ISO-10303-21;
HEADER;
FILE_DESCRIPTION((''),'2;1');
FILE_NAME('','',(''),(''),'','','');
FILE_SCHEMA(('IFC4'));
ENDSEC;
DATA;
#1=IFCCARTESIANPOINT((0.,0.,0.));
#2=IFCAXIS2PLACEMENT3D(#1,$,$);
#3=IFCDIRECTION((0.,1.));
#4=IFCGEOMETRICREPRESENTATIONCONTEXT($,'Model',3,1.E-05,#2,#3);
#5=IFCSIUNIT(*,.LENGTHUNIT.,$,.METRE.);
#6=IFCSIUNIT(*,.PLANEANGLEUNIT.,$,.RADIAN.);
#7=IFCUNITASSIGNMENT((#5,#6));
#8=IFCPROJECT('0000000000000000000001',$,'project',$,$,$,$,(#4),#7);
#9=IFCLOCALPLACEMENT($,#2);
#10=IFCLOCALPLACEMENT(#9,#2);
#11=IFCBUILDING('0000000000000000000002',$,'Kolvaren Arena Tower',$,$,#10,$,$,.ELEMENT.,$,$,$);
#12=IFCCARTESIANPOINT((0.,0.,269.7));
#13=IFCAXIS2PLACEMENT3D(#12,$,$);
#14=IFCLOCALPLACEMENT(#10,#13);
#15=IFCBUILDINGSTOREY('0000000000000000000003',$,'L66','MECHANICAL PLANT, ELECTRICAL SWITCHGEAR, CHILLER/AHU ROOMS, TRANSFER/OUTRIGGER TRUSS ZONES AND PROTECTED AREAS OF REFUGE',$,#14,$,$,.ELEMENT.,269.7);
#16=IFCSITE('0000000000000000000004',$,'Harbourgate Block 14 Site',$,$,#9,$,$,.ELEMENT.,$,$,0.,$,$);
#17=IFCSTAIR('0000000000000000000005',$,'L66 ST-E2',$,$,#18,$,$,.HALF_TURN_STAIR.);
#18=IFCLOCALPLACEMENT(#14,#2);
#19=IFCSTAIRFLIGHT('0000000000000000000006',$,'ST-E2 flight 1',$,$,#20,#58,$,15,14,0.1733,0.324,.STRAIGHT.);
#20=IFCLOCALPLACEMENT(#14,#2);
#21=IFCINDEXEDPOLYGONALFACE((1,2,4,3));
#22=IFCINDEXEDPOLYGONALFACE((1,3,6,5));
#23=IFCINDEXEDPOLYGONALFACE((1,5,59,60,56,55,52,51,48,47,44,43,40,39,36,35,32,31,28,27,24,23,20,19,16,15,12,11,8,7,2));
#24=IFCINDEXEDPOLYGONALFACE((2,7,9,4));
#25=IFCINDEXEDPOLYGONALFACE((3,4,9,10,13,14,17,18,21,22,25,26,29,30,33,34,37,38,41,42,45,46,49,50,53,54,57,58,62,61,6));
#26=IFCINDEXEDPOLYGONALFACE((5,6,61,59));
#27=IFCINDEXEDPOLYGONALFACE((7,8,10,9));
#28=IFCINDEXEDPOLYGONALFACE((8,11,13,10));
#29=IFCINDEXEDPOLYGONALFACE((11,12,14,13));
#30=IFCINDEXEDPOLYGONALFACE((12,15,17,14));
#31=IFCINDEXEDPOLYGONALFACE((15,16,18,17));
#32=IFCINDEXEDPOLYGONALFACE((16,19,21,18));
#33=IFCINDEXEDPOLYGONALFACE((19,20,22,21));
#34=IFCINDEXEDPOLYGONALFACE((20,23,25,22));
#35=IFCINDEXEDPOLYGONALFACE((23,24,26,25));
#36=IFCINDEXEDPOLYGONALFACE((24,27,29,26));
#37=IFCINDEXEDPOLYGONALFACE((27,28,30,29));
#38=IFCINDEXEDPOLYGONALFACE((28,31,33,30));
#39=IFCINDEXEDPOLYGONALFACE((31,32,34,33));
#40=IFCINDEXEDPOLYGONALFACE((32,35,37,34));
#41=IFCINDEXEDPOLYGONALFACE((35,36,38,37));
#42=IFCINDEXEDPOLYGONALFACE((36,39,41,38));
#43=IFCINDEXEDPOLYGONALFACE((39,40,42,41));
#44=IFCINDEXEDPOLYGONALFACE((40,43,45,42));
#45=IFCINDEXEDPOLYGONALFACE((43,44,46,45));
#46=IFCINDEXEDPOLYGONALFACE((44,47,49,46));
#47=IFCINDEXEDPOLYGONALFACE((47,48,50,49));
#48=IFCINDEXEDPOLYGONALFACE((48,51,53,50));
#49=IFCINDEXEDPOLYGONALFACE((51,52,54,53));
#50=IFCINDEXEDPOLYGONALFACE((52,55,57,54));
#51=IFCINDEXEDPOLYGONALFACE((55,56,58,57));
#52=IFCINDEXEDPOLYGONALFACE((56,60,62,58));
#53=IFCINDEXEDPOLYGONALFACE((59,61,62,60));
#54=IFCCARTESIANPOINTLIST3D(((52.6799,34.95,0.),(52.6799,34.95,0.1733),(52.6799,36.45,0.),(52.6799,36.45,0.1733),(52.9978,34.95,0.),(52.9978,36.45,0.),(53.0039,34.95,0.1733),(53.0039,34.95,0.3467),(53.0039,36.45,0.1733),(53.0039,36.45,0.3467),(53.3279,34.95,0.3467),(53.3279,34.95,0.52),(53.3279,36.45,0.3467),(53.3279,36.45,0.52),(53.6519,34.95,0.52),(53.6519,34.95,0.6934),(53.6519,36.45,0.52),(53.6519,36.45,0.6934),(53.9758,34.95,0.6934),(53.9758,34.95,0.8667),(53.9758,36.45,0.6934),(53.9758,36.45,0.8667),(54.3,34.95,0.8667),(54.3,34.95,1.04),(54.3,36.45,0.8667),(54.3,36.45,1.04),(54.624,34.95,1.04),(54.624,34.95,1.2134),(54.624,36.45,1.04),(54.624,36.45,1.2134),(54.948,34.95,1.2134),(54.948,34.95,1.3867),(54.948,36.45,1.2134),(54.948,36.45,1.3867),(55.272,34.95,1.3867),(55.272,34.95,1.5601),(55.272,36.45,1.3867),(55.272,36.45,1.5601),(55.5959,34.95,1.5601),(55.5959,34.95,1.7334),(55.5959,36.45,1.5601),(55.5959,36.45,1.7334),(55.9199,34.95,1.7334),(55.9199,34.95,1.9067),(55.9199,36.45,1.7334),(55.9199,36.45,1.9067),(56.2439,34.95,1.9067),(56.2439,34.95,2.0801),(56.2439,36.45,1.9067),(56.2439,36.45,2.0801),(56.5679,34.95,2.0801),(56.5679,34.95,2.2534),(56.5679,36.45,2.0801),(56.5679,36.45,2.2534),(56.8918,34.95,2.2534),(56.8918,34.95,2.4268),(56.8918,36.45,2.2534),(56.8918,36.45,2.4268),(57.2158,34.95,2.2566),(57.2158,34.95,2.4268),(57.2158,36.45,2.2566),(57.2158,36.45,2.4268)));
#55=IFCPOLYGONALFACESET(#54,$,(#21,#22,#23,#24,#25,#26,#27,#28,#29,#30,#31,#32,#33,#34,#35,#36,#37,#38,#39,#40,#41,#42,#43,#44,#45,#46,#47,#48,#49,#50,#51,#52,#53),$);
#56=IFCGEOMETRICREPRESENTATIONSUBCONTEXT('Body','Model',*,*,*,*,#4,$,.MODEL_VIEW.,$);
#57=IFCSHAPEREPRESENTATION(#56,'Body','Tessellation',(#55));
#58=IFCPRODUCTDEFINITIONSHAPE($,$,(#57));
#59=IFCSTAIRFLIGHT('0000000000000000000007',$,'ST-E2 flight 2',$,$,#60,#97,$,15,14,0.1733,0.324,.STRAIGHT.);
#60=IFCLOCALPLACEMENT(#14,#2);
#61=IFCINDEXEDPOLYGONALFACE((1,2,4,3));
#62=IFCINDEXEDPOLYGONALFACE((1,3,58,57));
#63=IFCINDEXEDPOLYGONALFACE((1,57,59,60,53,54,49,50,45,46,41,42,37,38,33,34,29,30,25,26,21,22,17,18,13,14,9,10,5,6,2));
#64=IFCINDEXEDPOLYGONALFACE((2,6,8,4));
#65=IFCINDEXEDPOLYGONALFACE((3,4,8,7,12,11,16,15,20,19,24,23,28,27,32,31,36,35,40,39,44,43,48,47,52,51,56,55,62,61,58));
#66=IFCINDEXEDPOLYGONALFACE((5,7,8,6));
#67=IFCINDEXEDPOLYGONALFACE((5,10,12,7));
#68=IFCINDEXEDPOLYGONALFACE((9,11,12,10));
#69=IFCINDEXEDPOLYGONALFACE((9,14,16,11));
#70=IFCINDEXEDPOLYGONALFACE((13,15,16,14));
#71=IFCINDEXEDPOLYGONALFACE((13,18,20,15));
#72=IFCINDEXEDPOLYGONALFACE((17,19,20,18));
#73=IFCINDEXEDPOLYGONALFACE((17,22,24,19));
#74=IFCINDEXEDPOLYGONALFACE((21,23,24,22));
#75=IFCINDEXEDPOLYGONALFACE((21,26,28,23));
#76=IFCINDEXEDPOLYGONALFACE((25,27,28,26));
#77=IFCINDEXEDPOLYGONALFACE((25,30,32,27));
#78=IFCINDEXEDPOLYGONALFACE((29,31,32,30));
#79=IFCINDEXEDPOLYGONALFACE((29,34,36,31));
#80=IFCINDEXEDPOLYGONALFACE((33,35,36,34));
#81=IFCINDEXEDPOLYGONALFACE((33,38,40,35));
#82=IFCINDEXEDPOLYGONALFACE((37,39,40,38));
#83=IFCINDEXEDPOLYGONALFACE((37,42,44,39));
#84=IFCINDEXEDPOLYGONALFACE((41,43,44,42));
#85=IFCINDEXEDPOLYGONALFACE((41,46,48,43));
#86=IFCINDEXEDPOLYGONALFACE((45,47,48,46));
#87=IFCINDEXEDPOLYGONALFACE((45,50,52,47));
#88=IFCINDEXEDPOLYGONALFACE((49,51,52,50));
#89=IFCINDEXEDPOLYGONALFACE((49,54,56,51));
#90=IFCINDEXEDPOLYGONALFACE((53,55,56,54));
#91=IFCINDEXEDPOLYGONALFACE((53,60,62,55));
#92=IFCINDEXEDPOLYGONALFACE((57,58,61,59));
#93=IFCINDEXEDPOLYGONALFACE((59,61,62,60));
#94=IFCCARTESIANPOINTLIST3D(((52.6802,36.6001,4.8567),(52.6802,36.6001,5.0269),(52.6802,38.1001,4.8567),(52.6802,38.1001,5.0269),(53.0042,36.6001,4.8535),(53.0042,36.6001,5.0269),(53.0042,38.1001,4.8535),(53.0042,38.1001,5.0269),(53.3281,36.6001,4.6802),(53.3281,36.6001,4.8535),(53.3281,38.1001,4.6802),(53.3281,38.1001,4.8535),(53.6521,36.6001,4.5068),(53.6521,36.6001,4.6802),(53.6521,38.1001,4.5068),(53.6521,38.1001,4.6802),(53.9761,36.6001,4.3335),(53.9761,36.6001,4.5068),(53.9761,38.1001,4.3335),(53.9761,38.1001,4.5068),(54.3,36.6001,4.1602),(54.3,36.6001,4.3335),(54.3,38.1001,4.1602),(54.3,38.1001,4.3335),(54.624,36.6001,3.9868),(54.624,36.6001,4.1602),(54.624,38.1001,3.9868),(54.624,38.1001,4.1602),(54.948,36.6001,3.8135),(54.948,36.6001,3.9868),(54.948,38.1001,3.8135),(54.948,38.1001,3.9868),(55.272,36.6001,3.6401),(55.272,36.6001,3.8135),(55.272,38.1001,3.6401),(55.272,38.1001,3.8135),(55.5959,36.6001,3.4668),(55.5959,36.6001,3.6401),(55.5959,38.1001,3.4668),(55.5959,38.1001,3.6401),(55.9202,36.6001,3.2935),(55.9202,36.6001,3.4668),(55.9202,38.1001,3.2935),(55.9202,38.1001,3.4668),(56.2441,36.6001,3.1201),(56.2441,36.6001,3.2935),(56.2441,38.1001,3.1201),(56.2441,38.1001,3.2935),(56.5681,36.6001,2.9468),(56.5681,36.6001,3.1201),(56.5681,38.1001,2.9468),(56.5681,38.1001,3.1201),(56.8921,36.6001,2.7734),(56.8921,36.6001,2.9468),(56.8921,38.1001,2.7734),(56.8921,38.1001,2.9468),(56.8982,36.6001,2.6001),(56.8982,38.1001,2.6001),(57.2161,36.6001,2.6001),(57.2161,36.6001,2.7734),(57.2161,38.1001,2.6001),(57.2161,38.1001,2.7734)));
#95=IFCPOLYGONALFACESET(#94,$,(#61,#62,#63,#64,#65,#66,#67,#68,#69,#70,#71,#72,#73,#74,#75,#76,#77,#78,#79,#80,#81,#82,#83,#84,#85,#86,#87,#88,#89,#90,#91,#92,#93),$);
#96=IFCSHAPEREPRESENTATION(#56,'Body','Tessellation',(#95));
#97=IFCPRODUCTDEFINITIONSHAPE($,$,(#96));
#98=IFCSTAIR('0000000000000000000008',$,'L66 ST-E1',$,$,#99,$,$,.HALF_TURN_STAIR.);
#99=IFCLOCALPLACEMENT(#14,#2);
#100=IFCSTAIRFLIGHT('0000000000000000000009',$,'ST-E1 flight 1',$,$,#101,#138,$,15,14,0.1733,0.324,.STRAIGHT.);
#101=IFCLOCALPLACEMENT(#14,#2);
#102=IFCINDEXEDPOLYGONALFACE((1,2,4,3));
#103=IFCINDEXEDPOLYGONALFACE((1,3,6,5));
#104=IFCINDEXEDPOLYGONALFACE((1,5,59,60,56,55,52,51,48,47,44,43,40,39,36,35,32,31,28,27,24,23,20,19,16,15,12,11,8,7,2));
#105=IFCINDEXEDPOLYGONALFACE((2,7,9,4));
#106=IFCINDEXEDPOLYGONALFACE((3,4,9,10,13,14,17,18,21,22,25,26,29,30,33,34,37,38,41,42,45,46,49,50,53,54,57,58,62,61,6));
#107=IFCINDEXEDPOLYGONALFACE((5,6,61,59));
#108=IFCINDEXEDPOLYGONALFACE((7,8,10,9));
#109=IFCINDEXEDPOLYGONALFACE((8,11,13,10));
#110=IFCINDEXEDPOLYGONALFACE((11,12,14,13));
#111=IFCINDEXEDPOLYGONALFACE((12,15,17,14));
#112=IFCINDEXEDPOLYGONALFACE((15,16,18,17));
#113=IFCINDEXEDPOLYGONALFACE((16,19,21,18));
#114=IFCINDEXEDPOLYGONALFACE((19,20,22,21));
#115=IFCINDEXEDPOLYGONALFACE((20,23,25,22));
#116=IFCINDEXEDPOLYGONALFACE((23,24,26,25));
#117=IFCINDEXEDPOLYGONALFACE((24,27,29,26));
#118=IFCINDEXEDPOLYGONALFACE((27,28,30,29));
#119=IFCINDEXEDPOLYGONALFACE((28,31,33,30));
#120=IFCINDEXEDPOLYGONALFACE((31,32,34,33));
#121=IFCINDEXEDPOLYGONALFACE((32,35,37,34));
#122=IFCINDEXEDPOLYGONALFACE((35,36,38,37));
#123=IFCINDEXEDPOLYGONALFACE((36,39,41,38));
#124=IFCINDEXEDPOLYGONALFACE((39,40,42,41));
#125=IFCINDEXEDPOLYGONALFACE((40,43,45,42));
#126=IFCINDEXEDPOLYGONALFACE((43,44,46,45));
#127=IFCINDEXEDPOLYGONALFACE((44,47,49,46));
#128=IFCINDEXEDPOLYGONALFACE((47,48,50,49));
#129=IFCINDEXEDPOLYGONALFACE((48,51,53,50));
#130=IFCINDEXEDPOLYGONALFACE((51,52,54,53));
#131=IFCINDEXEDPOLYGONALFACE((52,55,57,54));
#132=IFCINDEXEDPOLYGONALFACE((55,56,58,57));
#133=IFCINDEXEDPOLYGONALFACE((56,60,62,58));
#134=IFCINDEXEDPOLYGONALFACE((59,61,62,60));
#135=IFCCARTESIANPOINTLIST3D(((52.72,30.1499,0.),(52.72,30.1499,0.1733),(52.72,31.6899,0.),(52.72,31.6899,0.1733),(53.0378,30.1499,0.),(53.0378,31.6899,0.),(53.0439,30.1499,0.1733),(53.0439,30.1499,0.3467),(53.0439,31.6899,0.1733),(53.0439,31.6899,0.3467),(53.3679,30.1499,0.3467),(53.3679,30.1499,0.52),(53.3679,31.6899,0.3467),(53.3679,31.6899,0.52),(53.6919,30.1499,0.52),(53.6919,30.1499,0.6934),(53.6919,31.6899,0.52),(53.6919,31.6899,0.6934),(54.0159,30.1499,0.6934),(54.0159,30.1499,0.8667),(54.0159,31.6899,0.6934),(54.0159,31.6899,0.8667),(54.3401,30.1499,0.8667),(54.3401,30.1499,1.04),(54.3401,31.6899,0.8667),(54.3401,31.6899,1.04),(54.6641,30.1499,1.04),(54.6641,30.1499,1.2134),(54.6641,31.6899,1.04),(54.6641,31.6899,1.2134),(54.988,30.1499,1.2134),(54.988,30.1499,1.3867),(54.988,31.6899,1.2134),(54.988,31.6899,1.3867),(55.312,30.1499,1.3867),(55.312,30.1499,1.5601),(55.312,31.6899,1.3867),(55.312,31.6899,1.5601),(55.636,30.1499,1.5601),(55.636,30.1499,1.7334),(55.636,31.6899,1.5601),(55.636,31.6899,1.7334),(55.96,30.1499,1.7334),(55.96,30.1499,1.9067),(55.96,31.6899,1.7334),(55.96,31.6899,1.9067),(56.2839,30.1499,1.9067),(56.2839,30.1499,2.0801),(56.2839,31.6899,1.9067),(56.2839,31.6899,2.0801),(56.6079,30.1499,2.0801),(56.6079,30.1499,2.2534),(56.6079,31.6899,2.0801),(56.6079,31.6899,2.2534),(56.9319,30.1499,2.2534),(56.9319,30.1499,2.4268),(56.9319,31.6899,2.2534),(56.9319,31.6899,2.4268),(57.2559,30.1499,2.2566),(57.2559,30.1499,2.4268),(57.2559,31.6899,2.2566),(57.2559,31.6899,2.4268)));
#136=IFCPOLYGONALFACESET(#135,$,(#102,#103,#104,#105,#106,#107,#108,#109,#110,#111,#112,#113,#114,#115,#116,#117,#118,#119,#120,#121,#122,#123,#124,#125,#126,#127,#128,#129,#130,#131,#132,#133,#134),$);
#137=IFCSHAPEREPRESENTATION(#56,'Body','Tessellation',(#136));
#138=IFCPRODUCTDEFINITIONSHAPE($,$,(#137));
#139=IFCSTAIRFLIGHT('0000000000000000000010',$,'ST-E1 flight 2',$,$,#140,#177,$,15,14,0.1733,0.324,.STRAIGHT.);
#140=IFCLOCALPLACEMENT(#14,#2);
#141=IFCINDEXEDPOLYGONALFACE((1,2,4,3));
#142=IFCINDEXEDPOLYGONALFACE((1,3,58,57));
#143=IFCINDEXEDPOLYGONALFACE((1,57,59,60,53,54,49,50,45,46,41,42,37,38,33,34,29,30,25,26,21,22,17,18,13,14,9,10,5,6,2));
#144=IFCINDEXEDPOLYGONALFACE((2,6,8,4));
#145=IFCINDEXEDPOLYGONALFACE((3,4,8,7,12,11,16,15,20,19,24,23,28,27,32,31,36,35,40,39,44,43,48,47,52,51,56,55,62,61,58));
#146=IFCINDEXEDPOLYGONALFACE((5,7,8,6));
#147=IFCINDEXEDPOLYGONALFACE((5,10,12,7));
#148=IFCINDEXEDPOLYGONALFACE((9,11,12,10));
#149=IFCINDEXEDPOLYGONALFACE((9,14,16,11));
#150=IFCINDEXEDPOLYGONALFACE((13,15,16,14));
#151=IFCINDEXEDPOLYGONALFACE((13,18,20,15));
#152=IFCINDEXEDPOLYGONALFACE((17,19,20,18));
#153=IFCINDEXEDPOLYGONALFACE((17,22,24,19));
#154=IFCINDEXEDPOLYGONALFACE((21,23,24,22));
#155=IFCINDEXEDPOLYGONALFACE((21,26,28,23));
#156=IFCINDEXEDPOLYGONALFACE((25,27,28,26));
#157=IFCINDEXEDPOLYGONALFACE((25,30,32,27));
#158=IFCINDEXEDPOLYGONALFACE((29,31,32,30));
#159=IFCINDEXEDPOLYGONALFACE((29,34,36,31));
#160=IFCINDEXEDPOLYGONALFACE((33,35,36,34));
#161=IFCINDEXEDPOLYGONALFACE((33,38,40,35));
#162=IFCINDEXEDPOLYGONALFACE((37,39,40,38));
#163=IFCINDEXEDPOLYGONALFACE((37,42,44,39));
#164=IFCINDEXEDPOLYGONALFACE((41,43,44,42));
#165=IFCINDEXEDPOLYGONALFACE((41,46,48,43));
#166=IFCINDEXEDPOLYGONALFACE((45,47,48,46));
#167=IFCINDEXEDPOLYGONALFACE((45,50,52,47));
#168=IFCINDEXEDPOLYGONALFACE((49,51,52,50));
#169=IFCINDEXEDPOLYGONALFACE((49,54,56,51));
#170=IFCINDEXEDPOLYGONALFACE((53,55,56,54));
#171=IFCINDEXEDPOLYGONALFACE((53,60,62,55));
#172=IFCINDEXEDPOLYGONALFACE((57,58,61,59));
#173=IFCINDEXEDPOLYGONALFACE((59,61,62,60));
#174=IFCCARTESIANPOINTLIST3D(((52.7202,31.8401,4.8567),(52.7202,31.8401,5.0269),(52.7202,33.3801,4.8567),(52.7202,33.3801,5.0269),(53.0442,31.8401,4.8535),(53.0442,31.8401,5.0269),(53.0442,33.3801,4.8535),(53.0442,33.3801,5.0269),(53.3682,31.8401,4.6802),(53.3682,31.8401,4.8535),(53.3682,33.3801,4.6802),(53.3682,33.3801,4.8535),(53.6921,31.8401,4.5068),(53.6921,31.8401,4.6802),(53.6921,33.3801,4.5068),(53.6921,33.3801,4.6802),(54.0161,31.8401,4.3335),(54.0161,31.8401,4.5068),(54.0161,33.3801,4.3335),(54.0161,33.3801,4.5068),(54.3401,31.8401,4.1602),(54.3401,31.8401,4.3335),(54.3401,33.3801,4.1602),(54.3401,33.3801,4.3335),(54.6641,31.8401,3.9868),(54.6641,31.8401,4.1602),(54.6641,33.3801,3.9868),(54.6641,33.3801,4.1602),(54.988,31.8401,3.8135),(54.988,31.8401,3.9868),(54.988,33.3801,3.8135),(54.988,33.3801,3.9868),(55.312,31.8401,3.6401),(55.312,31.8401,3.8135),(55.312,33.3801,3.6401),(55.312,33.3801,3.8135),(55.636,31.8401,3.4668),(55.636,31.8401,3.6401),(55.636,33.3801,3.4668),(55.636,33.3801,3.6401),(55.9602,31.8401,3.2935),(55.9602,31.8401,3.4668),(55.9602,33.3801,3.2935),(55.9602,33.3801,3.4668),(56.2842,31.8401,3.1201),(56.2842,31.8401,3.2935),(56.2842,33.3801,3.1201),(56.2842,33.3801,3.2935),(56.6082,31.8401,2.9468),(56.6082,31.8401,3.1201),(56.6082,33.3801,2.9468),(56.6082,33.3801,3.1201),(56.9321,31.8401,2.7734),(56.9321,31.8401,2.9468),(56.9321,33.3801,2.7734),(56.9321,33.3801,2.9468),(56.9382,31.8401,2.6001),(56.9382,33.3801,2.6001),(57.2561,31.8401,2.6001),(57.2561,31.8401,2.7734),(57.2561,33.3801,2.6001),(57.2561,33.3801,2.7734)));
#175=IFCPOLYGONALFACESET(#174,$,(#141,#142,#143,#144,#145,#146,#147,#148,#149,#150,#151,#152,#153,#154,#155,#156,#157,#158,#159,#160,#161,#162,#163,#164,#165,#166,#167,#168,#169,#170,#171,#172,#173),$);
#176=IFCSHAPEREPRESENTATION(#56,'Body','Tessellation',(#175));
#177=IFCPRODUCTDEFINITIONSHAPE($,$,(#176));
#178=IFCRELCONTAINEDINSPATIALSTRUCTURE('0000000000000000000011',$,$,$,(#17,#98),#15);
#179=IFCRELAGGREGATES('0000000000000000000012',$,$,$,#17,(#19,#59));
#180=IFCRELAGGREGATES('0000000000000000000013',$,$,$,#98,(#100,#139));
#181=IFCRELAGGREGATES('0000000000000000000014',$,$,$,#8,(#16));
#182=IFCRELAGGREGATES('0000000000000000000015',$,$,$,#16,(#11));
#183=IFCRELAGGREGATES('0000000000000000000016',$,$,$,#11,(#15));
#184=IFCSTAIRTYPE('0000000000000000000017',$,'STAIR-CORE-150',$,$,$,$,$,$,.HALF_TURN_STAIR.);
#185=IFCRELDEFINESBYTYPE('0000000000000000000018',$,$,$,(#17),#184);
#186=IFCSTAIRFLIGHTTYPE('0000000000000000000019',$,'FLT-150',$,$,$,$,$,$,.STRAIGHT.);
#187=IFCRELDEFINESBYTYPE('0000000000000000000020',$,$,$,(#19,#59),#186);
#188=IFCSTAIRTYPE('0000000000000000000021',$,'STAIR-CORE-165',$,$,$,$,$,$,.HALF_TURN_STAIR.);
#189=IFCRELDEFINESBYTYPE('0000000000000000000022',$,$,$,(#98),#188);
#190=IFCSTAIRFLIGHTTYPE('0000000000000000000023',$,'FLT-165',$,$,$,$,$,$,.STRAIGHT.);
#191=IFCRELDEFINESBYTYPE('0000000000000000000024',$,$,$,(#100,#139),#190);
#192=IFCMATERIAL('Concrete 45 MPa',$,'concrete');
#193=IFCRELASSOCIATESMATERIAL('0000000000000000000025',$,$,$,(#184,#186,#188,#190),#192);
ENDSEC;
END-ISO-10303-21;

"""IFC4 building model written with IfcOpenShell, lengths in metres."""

from ifc_helpers import new_model, si_unit, direction, frame, origin, place, context, subcontext, project, spatial, polyline, outline, extrude, material, type_object, element, aggregate, save


model = new_model("IFC4")

# Units and contexts
model_context = context("Model", 3, precision=1e-05, world=origin(), true_north=direction((0.0, 1.0)))
body_context = subcontext(model_context, "Body", "Model", "MODEL_VIEW")
ifc_project = project(units=[si_unit("LENGTHUNIT", "METRE"), si_unit("PLANEANGLEUNIT", "RADIAN")], contexts=[model_context])

# Site, building, storey
site_placement = place(None, origin())
site = spatial("IfcSite", under=ifc_project, at=site_placement, Name="Harbourgate Block 14 Site", CompositionType="ELEMENT", RefElevation=0.0)
building_placement = place(site_placement, origin())
building = spatial("IfcBuilding", under=site, at=building_placement, Name="Kolvaren Arena Tower", CompositionType="ELEMENT")
storey_placement = place(building_placement, frame((0.0, 0.0, 269.7)))
storey = spatial("IfcBuildingStorey", under=building, at=storey_placement, Name="L66", Description="MECHANICAL PLANT, ELECTRICAL SWITCHGEAR, CHILLER/AHU ROOMS, TRANSFER/OUTRIGGER TRUSS ZONES AND PROTECTED AREAS OF REFUGE", CompositionType="ELEMENT", Elevation=269.7)

# Shared definitions
ifc_material_1 = material(Name="Concrete 45 MPa", Category="concrete")

# Stairs, stair flights
stair_type_1 = type_object("IfcStairType", Name="STAIR-CORE-150", PredefinedType="HALF_TURN_STAIR", material=ifc_material_1)
stair_1_placement = place(storey_placement, origin())
stair_1 = element("IfcStair", 1, at=stair_1_placement, inside=storey, type_object=stair_type_1, Name="L66 ST-E2", PredefinedType="HALF_TURN_STAIR")
stair_flight_type_1 = type_object("IfcStairFlightType", Name="FLT-150", PredefinedType="STRAIGHT", material=ifc_material_1)
stair_flight_1_placement = place(storey_placement, frame((52.6799, 35.7, 0.0), z_axis=(0.0, 0.0, 1.0), x_axis=(1.0, 0.0, 0.0)))
stair_flight_1 = element("IfcStairFlight", 2, at=stair_flight_1_placement, type_object=stair_flight_type_1, Name="ST-E2 flight 1", NumberOfRisers=15, NumberOfTreads=14, PredefinedType="STRAIGHT", RiserHeight=0.1733, TreadLength=0.324, context=body_context, shape_type="SweptSolid", body=[
    extrude(outline(polyline([(0.0, 0.0), (0.0, 0.1733), (0.324, 0.1733), (0.324, 0.3467), (0.6479, 0.3467), (0.6479, 0.52), (0.9719, 0.52), (0.9719, 0.6934), (1.2959, 0.6934), (1.2959, 0.8667), (1.6201, 0.8667), (1.6201, 1.04), (1.9441, 1.04), (1.9441, 1.2134), (2.2681, 1.2134), (2.2681, 1.3867), (2.592, 1.3867), (2.592, 1.5601), (2.916, 1.5601), (2.916, 1.7334), (3.24, 1.7334), (3.24, 1.9067), (3.564, 1.9067), (3.564, 2.0801), (3.8879, 2.0801), (3.8879, 2.2534), (4.2119, 2.2534), (4.2119, 2.4268), (4.5359, 2.4268), (4.5359, 2.6001), (4.5359, 2.2566), (0.3179, 0.0), (0.0, 0.0)])), frame((0.0, 0.75, 0.0), z_axis=(0.0, -1.0, 0.0), x_axis=(1.0, 0.0, 0.0)), (0.0, 0.0, 1.0), 1.5),
])
stair_flight_2_placement = place(storey_placement, frame((57.2161, 37.3501, 2.6001), z_axis=(0.0, 0.0, 1.0), x_axis=(-1.0, 0.0, 0.0)))
stair_flight_2 = element("IfcStairFlight", 3, at=stair_flight_2_placement, type_object=stair_flight_type_1, Name="ST-E2 flight 2", NumberOfRisers=15, NumberOfTreads=14, PredefinedType="STRAIGHT", RiserHeight=0.1733, TreadLength=0.324, context=body_context, shape_type="SweptSolid", body=[
    extrude(outline(polyline([(0.0, 0.0), (0.0, 0.1733), (0.324, 0.1733), (0.324, 0.3467), (0.6479, 0.3467), (0.6479, 0.52), (0.9719, 0.52), (0.9719, 0.6934), (1.2959, 0.6934), (1.2959, 0.8667), (1.6201, 0.8667), (1.6201, 1.04), (1.9441, 1.04), (1.9441, 1.2134), (2.2681, 1.2134), (2.2681, 1.3867), (2.592, 1.3867), (2.592, 1.5601), (2.916, 1.5601), (2.916, 1.7334), (3.24, 1.7334), (3.24, 1.9067), (3.564, 1.9067), (3.564, 2.0801), (3.8879, 2.0801), (3.8879, 2.2534), (4.2119, 2.2534), (4.2119, 2.4268), (4.5359, 2.4268), (4.5359, 2.6001), (4.5359, 2.2566), (0.3179, 0.0), (0.0, 0.0)])), frame((0.0, 0.75, 0.0), z_axis=(0.0, -1.0, 0.0), x_axis=(1.0, 0.0, 0.0)), (0.0, 0.0, 1.0), 1.5),
])
aggregate(stair_1, [stair_flight_1, stair_flight_2])
stair_type_2 = type_object("IfcStairType", Name="STAIR-CORE-165", PredefinedType="HALF_TURN_STAIR", material=ifc_material_1)
stair_2_placement = place(storey_placement, origin())
stair_2 = element("IfcStair", 4, at=stair_2_placement, inside=storey, type_object=stair_type_2, Name="L66 ST-E1", PredefinedType="HALF_TURN_STAIR")
stair_flight_type_2 = type_object("IfcStairFlightType", Name="FLT-165", PredefinedType="STRAIGHT", material=ifc_material_1)
stair_flight_3_placement = place(storey_placement, frame((52.72, 30.9199, 0.0), z_axis=(0.0, 0.0, 1.0), x_axis=(1.0, 0.0, 0.0)))
stair_flight_3 = element("IfcStairFlight", 5, at=stair_flight_3_placement, type_object=stair_flight_type_2, Name="ST-E1 flight 1", NumberOfRisers=15, NumberOfTreads=14, PredefinedType="STRAIGHT", RiserHeight=0.1733, TreadLength=0.324, context=body_context, shape_type="SweptSolid", body=[
    extrude(outline(polyline([(0.0, 0.0), (0.0, 0.1733), (0.324, 0.1733), (0.324, 0.3467), (0.6479, 0.3467), (0.6479, 0.52), (0.9719, 0.52), (0.9719, 0.6934), (1.2959, 0.6934), (1.2959, 0.8667), (1.6201, 0.8667), (1.6201, 1.04), (1.9441, 1.04), (1.9441, 1.2134), (2.2681, 1.2134), (2.2681, 1.3867), (2.592, 1.3867), (2.592, 1.5601), (2.916, 1.5601), (2.916, 1.7334), (3.24, 1.7334), (3.24, 1.9067), (3.564, 1.9067), (3.564, 2.0801), (3.8879, 2.0801), (3.8879, 2.2534), (4.2119, 2.2534), (4.2119, 2.4268), (4.5359, 2.4268), (4.5359, 2.6001), (4.5359, 2.2566), (0.3179, 0.0), (0.0, 0.0)])), frame((0.0, 0.77, 0.0), z_axis=(0.0, -1.0, 0.0), x_axis=(1.0, 0.0, 0.0)), (0.0, 0.0, 1.0), 1.54),
])
stair_flight_4_placement = place(storey_placement, frame((57.2561, 32.6101, 2.6001), z_axis=(0.0, 0.0, 1.0), x_axis=(-1.0, 0.0, 0.0)))
stair_flight_4 = element("IfcStairFlight", 6, at=stair_flight_4_placement, type_object=stair_flight_type_2, Name="ST-E1 flight 2", NumberOfRisers=15, NumberOfTreads=14, PredefinedType="STRAIGHT", RiserHeight=0.1733, TreadLength=0.324, context=body_context, shape_type="SweptSolid", body=[
    extrude(outline(polyline([(0.0, 0.0), (0.0, 0.1733), (0.324, 0.1733), (0.324, 0.3467), (0.6479, 0.3467), (0.6479, 0.52), (0.9719, 0.52), (0.9719, 0.6934), (1.2959, 0.6934), (1.2959, 0.8667), (1.6201, 0.8667), (1.6201, 1.04), (1.9441, 1.04), (1.9441, 1.2134), (2.2681, 1.2134), (2.2681, 1.3867), (2.592, 1.3867), (2.592, 1.5601), (2.916, 1.5601), (2.916, 1.7334), (3.24, 1.7334), (3.24, 1.9067), (3.564, 1.9067), (3.564, 2.0801), (3.8879, 2.0801), (3.8879, 2.2534), (4.2119, 2.2534), (4.2119, 2.4268), (4.5359, 2.4268), (4.5359, 2.6001), (4.5359, 2.2566), (0.3179, 0.0), (0.0, 0.0)])), frame((0.0, 0.77, 0.0), z_axis=(0.0, -1.0, 0.0), x_axis=(1.0, 0.0, 0.0)), (0.0, 0.0, 1.0), 1.54),
])
aggregate(stair_2, [stair_flight_3, stair_flight_4])

save(model, "model.ifc")
